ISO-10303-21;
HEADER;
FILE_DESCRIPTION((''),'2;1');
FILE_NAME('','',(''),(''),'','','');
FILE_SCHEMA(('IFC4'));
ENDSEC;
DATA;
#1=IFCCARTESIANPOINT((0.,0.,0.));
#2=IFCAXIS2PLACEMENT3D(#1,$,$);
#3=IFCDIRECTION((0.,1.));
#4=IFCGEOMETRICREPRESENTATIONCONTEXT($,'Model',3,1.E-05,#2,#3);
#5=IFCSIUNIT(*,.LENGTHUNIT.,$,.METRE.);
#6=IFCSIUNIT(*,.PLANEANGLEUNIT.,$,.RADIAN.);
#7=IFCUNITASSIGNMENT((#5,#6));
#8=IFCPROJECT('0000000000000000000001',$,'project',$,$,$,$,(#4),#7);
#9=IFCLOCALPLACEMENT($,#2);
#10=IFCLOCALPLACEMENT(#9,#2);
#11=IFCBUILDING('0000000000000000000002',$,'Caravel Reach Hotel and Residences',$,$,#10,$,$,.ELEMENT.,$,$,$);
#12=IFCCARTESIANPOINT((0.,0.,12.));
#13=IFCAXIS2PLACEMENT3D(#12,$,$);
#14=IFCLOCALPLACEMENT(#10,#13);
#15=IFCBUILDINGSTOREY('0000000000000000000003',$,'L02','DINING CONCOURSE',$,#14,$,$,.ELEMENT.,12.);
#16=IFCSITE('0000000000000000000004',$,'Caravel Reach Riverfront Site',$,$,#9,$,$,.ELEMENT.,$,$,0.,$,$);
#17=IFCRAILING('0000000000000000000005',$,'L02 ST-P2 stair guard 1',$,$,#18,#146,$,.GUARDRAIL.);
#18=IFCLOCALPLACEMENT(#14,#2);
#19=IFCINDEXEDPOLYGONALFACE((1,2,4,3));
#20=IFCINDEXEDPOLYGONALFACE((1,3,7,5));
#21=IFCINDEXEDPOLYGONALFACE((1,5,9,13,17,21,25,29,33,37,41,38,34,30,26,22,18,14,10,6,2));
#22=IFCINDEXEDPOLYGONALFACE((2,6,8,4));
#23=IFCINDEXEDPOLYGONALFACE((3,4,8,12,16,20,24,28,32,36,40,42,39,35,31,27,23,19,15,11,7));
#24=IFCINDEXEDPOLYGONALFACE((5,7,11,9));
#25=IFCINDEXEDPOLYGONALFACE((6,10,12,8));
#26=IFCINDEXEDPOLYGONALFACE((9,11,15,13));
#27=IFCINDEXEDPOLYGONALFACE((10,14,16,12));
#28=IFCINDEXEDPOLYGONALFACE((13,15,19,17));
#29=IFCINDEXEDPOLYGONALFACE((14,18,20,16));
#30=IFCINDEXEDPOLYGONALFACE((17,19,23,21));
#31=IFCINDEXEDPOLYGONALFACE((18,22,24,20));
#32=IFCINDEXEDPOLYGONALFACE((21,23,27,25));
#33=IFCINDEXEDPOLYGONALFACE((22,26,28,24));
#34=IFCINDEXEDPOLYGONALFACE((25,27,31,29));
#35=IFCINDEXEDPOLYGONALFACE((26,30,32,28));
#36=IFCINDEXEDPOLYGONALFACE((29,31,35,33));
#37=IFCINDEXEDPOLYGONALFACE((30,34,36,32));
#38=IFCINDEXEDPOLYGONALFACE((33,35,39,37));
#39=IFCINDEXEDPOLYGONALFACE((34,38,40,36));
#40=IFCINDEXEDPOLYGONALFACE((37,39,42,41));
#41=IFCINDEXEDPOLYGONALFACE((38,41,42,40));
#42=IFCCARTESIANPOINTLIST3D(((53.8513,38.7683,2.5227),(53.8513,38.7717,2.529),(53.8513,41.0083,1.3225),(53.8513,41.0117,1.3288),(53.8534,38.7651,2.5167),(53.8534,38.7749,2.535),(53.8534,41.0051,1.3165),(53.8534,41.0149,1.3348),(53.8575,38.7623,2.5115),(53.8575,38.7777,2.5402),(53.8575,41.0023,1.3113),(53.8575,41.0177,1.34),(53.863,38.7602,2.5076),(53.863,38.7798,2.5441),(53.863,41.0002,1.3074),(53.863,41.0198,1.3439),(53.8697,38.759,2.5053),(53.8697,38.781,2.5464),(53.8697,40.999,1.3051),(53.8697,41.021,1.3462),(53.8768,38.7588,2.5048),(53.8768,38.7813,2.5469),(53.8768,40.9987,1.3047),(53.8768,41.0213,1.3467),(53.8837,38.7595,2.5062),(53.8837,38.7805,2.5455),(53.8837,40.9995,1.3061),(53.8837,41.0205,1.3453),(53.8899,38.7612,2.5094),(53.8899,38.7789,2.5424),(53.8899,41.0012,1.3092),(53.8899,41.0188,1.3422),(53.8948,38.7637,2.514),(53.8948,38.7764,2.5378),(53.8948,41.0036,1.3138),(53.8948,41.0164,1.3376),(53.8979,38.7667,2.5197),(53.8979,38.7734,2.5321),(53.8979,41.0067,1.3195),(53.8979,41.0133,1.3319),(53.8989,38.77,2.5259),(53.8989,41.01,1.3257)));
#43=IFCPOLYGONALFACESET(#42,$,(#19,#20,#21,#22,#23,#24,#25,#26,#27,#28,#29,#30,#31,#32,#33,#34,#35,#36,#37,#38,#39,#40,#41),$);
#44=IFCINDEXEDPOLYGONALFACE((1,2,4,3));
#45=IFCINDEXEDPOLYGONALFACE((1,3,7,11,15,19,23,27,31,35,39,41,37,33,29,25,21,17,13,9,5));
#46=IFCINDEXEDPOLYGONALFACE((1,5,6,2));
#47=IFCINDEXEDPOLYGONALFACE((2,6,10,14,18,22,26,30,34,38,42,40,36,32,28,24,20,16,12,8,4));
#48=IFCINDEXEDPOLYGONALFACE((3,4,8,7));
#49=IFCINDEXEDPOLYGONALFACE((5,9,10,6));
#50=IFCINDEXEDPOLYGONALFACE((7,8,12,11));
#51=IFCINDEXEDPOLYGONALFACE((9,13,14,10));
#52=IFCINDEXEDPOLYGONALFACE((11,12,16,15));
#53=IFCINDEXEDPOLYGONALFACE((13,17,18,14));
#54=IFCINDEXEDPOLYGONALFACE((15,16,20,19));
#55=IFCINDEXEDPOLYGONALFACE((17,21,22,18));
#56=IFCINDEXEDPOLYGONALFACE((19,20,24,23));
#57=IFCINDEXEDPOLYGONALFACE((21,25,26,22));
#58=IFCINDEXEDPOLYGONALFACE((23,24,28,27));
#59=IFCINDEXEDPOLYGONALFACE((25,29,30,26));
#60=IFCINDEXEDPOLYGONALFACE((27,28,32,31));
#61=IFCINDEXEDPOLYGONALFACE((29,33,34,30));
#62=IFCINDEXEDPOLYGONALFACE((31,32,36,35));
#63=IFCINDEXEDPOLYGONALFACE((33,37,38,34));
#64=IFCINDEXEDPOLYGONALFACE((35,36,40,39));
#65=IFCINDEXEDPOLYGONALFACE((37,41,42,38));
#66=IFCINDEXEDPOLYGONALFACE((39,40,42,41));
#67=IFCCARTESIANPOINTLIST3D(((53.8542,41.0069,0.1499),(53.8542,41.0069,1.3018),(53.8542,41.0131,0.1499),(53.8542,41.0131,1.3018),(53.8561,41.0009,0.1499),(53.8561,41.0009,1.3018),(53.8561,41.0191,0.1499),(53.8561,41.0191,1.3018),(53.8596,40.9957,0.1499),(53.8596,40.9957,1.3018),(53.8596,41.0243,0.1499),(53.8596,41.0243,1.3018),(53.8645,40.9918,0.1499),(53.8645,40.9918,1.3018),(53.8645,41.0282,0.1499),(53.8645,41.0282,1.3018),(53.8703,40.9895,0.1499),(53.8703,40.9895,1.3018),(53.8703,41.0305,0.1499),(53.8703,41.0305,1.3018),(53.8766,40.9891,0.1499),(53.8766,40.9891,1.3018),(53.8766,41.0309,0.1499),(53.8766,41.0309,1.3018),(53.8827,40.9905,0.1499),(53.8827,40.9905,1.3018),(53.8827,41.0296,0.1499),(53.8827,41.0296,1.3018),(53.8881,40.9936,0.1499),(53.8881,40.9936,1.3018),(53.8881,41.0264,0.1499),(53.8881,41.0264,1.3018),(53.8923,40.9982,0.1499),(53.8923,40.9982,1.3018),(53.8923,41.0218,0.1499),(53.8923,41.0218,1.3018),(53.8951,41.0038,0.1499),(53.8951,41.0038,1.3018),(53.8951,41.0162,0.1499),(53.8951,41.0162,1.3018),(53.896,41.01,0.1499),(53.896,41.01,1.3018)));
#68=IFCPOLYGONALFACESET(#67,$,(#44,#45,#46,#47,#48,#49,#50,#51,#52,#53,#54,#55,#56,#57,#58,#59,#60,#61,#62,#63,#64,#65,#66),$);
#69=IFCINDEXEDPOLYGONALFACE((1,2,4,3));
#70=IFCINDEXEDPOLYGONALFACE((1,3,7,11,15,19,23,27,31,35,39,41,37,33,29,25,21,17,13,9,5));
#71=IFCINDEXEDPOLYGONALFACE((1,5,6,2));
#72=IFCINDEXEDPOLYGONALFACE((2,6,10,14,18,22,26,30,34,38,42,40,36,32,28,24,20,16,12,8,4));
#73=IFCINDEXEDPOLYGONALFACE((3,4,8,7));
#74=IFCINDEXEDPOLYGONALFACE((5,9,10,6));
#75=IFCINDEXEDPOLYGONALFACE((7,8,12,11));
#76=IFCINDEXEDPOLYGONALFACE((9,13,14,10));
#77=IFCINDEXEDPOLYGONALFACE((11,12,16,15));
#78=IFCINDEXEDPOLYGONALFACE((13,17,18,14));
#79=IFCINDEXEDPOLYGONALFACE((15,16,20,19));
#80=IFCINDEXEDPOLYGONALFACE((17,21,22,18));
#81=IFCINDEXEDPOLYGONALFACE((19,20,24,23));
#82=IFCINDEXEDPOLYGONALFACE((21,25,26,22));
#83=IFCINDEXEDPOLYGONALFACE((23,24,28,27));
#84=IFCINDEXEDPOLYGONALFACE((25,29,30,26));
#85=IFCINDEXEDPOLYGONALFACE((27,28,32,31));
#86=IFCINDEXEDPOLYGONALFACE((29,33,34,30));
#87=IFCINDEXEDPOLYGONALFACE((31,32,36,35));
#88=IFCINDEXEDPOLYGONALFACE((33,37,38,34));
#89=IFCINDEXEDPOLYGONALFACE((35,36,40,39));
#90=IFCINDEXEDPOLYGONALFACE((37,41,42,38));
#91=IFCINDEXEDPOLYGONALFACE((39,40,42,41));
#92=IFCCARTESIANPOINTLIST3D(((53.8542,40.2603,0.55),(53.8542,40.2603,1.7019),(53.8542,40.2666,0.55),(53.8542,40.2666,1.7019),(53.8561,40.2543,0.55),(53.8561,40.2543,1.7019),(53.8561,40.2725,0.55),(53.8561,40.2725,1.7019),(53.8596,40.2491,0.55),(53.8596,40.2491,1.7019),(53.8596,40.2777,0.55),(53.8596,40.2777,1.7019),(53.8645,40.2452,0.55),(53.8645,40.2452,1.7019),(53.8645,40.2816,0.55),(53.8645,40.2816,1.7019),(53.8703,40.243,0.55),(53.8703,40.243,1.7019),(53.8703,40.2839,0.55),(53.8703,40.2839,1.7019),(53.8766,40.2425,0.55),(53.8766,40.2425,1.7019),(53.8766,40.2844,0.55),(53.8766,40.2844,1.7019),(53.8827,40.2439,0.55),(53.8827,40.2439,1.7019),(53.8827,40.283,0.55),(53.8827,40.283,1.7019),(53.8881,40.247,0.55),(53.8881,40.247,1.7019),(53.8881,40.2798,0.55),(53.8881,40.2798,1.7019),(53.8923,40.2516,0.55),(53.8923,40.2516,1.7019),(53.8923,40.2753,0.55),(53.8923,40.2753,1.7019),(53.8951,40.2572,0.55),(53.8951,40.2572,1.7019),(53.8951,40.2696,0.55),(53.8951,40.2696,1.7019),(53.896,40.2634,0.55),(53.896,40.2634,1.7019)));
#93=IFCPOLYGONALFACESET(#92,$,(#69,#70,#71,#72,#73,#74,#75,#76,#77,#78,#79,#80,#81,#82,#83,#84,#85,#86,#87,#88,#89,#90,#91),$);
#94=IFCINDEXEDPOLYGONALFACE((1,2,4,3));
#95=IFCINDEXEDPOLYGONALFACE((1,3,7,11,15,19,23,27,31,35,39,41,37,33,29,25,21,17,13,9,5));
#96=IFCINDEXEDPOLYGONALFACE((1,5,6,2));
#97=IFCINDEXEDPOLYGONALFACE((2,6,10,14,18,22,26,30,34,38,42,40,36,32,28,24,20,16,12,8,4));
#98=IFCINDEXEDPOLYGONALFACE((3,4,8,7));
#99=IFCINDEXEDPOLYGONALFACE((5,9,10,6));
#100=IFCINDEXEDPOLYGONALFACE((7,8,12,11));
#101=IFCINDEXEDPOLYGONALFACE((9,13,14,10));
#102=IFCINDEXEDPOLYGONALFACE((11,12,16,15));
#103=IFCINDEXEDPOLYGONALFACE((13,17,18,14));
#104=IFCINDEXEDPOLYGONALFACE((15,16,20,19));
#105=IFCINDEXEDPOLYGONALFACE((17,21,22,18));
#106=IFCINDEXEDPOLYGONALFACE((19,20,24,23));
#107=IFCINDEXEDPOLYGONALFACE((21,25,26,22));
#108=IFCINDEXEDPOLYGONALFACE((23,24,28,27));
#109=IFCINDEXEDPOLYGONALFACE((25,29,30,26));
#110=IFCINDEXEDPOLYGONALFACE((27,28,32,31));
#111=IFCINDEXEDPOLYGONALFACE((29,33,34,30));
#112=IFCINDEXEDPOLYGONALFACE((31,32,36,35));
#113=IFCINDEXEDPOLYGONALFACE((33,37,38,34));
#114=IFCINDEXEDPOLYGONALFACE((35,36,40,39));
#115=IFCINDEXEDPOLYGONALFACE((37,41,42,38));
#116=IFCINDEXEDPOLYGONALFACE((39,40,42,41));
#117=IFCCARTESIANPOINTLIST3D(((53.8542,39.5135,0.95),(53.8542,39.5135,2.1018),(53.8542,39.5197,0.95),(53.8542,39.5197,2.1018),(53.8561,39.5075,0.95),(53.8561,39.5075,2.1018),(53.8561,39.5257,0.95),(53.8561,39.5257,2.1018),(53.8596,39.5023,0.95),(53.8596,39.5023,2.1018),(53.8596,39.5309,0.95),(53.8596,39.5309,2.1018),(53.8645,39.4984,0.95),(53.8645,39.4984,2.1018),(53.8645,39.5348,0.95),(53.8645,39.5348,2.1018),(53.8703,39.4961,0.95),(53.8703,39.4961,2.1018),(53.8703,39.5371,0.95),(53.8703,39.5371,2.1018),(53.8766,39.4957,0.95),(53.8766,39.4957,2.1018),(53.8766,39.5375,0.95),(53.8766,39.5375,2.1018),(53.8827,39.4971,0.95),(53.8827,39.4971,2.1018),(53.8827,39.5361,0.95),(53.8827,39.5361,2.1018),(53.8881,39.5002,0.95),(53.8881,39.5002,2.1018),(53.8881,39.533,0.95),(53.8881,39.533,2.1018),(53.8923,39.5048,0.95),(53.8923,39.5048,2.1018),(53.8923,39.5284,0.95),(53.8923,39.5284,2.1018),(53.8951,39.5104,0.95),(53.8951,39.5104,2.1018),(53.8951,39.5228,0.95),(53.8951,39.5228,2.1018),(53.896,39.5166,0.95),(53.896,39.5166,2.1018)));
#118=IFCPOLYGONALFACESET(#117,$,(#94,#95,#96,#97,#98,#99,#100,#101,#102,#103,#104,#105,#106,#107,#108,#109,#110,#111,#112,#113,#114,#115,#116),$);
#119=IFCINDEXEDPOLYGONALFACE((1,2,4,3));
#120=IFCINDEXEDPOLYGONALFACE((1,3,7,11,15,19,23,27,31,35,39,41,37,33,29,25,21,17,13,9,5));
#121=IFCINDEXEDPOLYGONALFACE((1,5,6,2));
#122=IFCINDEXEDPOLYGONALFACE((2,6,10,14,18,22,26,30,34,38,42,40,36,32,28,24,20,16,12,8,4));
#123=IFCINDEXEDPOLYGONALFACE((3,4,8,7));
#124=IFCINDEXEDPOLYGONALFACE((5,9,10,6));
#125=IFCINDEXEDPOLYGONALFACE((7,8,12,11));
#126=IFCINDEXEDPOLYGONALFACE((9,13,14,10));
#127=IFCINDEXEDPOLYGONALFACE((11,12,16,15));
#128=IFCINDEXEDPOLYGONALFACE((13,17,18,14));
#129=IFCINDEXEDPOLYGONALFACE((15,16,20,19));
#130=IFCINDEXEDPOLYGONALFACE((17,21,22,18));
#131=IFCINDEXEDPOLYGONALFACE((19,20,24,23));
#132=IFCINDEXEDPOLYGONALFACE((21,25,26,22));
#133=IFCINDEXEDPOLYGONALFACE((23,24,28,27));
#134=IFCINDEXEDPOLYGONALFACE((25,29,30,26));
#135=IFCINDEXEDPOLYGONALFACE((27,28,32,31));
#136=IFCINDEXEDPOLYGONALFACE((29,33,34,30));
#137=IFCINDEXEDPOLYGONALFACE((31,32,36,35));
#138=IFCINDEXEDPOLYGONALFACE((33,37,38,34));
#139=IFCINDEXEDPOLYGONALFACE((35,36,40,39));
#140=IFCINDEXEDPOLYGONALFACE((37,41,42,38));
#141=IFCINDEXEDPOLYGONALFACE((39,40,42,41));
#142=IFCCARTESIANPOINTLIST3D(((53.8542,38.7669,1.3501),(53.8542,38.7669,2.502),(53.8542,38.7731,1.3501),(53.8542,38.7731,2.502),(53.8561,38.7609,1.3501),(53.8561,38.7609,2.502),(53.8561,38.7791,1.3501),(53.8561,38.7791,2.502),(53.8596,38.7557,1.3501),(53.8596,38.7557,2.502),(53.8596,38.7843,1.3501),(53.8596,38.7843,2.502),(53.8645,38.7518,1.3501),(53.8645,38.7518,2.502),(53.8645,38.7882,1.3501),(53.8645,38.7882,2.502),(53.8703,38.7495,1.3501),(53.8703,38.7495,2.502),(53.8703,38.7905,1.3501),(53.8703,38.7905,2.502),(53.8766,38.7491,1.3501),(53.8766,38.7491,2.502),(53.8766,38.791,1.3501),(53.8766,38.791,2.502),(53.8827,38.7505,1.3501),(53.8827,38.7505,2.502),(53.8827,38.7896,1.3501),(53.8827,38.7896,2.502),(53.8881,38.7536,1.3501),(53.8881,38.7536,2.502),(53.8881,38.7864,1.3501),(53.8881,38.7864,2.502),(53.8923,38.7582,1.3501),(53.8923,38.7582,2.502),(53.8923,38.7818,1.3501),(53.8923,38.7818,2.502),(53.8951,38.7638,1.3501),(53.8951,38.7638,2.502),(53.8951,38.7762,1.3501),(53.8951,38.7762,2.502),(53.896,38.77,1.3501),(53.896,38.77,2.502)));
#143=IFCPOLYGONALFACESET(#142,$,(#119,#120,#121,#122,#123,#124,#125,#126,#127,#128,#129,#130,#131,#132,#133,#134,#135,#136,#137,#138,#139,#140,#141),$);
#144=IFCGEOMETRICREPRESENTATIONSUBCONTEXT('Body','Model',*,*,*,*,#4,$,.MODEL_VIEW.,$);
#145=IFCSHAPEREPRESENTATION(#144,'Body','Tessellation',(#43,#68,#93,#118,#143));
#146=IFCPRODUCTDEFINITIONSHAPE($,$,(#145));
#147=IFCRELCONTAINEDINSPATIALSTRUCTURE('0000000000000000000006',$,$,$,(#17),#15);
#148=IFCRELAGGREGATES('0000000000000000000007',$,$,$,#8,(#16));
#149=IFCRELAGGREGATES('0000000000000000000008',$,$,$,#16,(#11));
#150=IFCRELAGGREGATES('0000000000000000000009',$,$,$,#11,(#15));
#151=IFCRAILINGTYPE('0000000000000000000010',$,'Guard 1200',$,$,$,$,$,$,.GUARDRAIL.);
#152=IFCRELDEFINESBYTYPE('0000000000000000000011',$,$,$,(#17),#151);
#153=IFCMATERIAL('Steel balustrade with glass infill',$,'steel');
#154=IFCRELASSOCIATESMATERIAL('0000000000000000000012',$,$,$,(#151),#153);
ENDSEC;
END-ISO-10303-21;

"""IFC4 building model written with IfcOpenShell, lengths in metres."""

from ifc_helpers import new_model, si_unit, direction, frame, origin, origin_2d, place, context, subcontext, project, spatial, circle, extrude, material, type_object, element, save


model = new_model("IFC4")

# Units and contexts
model_context = context("Model", 3, precision=1e-05, world=origin(), true_north=direction((0.0, 1.0)))
body_context = subcontext(model_context, "Body", "Model", "MODEL_VIEW")
ifc_project = project(units=[si_unit("LENGTHUNIT", "METRE"), si_unit("PLANEANGLEUNIT", "RADIAN")], contexts=[model_context])

# Site, building, storey
site_placement = place(None, origin())
site = spatial("IfcSite", under=ifc_project, at=site_placement, Name="Caravel Reach Riverfront Site", CompositionType="ELEMENT", RefElevation=0.0)
building_placement = place(site_placement, origin())
building = spatial("IfcBuilding", under=site, at=building_placement, Name="Caravel Reach Hotel and Residences", CompositionType="ELEMENT")
storey_placement = place(building_placement, frame((0.0, 0.0, 12.0)))
storey = spatial("IfcBuildingStorey", under=building, at=storey_placement, Name="L02", Description="DINING CONCOURSE", CompositionType="ELEMENT", Elevation=12.0)

# Railing
ifc_material_1 = material(Name="Steel balustrade with glass infill", Category="steel")
railing_type_1 = type_object("IfcRailingType", Name="Guard 1200", PredefinedType="GUARDRAIL", material=ifc_material_1)
railing_1_placement = place(storey_placement, frame((53.875, 41.01, 0.1499)))
element("IfcRailing", 1, at=railing_1_placement, inside=storey, type_object=railing_type_1, Name="L02 ST-P2 stair guard 1", PredefinedType="GUARDRAIL", context=body_context, shape_type="SweptSolid", body=[
    extrude(circle(Radius=0.0239, at=origin_2d()), frame((0.0, 0.0, 1.1758), z_axis=(0.0, -0.881447, 0.472283), x_axis=(1.0, 0.0, 0.0)), (0.0, 0.0, 1.0), 2.5413),
    extrude(circle(Radius=0.021, at=origin_2d()), origin(), (0.0, 0.0, 1.0), 1.1519),
    extrude(circle(Radius=0.021, at=origin_2d()), frame((0.0, -0.7466, 0.4001)), (0.0, 0.0, 1.0), 1.1519),
    extrude(circle(Radius=0.021, at=origin_2d()), frame((0.0, -1.4934, 0.8)), (0.0, 0.0, 1.0), 1.1519),
    extrude(circle(Radius=0.021, at=origin_2d()), frame((0.0, -2.24, 1.2002)), (0.0, 0.0, 1.0), 1.1519),
])

save(model, "model.ifc")
